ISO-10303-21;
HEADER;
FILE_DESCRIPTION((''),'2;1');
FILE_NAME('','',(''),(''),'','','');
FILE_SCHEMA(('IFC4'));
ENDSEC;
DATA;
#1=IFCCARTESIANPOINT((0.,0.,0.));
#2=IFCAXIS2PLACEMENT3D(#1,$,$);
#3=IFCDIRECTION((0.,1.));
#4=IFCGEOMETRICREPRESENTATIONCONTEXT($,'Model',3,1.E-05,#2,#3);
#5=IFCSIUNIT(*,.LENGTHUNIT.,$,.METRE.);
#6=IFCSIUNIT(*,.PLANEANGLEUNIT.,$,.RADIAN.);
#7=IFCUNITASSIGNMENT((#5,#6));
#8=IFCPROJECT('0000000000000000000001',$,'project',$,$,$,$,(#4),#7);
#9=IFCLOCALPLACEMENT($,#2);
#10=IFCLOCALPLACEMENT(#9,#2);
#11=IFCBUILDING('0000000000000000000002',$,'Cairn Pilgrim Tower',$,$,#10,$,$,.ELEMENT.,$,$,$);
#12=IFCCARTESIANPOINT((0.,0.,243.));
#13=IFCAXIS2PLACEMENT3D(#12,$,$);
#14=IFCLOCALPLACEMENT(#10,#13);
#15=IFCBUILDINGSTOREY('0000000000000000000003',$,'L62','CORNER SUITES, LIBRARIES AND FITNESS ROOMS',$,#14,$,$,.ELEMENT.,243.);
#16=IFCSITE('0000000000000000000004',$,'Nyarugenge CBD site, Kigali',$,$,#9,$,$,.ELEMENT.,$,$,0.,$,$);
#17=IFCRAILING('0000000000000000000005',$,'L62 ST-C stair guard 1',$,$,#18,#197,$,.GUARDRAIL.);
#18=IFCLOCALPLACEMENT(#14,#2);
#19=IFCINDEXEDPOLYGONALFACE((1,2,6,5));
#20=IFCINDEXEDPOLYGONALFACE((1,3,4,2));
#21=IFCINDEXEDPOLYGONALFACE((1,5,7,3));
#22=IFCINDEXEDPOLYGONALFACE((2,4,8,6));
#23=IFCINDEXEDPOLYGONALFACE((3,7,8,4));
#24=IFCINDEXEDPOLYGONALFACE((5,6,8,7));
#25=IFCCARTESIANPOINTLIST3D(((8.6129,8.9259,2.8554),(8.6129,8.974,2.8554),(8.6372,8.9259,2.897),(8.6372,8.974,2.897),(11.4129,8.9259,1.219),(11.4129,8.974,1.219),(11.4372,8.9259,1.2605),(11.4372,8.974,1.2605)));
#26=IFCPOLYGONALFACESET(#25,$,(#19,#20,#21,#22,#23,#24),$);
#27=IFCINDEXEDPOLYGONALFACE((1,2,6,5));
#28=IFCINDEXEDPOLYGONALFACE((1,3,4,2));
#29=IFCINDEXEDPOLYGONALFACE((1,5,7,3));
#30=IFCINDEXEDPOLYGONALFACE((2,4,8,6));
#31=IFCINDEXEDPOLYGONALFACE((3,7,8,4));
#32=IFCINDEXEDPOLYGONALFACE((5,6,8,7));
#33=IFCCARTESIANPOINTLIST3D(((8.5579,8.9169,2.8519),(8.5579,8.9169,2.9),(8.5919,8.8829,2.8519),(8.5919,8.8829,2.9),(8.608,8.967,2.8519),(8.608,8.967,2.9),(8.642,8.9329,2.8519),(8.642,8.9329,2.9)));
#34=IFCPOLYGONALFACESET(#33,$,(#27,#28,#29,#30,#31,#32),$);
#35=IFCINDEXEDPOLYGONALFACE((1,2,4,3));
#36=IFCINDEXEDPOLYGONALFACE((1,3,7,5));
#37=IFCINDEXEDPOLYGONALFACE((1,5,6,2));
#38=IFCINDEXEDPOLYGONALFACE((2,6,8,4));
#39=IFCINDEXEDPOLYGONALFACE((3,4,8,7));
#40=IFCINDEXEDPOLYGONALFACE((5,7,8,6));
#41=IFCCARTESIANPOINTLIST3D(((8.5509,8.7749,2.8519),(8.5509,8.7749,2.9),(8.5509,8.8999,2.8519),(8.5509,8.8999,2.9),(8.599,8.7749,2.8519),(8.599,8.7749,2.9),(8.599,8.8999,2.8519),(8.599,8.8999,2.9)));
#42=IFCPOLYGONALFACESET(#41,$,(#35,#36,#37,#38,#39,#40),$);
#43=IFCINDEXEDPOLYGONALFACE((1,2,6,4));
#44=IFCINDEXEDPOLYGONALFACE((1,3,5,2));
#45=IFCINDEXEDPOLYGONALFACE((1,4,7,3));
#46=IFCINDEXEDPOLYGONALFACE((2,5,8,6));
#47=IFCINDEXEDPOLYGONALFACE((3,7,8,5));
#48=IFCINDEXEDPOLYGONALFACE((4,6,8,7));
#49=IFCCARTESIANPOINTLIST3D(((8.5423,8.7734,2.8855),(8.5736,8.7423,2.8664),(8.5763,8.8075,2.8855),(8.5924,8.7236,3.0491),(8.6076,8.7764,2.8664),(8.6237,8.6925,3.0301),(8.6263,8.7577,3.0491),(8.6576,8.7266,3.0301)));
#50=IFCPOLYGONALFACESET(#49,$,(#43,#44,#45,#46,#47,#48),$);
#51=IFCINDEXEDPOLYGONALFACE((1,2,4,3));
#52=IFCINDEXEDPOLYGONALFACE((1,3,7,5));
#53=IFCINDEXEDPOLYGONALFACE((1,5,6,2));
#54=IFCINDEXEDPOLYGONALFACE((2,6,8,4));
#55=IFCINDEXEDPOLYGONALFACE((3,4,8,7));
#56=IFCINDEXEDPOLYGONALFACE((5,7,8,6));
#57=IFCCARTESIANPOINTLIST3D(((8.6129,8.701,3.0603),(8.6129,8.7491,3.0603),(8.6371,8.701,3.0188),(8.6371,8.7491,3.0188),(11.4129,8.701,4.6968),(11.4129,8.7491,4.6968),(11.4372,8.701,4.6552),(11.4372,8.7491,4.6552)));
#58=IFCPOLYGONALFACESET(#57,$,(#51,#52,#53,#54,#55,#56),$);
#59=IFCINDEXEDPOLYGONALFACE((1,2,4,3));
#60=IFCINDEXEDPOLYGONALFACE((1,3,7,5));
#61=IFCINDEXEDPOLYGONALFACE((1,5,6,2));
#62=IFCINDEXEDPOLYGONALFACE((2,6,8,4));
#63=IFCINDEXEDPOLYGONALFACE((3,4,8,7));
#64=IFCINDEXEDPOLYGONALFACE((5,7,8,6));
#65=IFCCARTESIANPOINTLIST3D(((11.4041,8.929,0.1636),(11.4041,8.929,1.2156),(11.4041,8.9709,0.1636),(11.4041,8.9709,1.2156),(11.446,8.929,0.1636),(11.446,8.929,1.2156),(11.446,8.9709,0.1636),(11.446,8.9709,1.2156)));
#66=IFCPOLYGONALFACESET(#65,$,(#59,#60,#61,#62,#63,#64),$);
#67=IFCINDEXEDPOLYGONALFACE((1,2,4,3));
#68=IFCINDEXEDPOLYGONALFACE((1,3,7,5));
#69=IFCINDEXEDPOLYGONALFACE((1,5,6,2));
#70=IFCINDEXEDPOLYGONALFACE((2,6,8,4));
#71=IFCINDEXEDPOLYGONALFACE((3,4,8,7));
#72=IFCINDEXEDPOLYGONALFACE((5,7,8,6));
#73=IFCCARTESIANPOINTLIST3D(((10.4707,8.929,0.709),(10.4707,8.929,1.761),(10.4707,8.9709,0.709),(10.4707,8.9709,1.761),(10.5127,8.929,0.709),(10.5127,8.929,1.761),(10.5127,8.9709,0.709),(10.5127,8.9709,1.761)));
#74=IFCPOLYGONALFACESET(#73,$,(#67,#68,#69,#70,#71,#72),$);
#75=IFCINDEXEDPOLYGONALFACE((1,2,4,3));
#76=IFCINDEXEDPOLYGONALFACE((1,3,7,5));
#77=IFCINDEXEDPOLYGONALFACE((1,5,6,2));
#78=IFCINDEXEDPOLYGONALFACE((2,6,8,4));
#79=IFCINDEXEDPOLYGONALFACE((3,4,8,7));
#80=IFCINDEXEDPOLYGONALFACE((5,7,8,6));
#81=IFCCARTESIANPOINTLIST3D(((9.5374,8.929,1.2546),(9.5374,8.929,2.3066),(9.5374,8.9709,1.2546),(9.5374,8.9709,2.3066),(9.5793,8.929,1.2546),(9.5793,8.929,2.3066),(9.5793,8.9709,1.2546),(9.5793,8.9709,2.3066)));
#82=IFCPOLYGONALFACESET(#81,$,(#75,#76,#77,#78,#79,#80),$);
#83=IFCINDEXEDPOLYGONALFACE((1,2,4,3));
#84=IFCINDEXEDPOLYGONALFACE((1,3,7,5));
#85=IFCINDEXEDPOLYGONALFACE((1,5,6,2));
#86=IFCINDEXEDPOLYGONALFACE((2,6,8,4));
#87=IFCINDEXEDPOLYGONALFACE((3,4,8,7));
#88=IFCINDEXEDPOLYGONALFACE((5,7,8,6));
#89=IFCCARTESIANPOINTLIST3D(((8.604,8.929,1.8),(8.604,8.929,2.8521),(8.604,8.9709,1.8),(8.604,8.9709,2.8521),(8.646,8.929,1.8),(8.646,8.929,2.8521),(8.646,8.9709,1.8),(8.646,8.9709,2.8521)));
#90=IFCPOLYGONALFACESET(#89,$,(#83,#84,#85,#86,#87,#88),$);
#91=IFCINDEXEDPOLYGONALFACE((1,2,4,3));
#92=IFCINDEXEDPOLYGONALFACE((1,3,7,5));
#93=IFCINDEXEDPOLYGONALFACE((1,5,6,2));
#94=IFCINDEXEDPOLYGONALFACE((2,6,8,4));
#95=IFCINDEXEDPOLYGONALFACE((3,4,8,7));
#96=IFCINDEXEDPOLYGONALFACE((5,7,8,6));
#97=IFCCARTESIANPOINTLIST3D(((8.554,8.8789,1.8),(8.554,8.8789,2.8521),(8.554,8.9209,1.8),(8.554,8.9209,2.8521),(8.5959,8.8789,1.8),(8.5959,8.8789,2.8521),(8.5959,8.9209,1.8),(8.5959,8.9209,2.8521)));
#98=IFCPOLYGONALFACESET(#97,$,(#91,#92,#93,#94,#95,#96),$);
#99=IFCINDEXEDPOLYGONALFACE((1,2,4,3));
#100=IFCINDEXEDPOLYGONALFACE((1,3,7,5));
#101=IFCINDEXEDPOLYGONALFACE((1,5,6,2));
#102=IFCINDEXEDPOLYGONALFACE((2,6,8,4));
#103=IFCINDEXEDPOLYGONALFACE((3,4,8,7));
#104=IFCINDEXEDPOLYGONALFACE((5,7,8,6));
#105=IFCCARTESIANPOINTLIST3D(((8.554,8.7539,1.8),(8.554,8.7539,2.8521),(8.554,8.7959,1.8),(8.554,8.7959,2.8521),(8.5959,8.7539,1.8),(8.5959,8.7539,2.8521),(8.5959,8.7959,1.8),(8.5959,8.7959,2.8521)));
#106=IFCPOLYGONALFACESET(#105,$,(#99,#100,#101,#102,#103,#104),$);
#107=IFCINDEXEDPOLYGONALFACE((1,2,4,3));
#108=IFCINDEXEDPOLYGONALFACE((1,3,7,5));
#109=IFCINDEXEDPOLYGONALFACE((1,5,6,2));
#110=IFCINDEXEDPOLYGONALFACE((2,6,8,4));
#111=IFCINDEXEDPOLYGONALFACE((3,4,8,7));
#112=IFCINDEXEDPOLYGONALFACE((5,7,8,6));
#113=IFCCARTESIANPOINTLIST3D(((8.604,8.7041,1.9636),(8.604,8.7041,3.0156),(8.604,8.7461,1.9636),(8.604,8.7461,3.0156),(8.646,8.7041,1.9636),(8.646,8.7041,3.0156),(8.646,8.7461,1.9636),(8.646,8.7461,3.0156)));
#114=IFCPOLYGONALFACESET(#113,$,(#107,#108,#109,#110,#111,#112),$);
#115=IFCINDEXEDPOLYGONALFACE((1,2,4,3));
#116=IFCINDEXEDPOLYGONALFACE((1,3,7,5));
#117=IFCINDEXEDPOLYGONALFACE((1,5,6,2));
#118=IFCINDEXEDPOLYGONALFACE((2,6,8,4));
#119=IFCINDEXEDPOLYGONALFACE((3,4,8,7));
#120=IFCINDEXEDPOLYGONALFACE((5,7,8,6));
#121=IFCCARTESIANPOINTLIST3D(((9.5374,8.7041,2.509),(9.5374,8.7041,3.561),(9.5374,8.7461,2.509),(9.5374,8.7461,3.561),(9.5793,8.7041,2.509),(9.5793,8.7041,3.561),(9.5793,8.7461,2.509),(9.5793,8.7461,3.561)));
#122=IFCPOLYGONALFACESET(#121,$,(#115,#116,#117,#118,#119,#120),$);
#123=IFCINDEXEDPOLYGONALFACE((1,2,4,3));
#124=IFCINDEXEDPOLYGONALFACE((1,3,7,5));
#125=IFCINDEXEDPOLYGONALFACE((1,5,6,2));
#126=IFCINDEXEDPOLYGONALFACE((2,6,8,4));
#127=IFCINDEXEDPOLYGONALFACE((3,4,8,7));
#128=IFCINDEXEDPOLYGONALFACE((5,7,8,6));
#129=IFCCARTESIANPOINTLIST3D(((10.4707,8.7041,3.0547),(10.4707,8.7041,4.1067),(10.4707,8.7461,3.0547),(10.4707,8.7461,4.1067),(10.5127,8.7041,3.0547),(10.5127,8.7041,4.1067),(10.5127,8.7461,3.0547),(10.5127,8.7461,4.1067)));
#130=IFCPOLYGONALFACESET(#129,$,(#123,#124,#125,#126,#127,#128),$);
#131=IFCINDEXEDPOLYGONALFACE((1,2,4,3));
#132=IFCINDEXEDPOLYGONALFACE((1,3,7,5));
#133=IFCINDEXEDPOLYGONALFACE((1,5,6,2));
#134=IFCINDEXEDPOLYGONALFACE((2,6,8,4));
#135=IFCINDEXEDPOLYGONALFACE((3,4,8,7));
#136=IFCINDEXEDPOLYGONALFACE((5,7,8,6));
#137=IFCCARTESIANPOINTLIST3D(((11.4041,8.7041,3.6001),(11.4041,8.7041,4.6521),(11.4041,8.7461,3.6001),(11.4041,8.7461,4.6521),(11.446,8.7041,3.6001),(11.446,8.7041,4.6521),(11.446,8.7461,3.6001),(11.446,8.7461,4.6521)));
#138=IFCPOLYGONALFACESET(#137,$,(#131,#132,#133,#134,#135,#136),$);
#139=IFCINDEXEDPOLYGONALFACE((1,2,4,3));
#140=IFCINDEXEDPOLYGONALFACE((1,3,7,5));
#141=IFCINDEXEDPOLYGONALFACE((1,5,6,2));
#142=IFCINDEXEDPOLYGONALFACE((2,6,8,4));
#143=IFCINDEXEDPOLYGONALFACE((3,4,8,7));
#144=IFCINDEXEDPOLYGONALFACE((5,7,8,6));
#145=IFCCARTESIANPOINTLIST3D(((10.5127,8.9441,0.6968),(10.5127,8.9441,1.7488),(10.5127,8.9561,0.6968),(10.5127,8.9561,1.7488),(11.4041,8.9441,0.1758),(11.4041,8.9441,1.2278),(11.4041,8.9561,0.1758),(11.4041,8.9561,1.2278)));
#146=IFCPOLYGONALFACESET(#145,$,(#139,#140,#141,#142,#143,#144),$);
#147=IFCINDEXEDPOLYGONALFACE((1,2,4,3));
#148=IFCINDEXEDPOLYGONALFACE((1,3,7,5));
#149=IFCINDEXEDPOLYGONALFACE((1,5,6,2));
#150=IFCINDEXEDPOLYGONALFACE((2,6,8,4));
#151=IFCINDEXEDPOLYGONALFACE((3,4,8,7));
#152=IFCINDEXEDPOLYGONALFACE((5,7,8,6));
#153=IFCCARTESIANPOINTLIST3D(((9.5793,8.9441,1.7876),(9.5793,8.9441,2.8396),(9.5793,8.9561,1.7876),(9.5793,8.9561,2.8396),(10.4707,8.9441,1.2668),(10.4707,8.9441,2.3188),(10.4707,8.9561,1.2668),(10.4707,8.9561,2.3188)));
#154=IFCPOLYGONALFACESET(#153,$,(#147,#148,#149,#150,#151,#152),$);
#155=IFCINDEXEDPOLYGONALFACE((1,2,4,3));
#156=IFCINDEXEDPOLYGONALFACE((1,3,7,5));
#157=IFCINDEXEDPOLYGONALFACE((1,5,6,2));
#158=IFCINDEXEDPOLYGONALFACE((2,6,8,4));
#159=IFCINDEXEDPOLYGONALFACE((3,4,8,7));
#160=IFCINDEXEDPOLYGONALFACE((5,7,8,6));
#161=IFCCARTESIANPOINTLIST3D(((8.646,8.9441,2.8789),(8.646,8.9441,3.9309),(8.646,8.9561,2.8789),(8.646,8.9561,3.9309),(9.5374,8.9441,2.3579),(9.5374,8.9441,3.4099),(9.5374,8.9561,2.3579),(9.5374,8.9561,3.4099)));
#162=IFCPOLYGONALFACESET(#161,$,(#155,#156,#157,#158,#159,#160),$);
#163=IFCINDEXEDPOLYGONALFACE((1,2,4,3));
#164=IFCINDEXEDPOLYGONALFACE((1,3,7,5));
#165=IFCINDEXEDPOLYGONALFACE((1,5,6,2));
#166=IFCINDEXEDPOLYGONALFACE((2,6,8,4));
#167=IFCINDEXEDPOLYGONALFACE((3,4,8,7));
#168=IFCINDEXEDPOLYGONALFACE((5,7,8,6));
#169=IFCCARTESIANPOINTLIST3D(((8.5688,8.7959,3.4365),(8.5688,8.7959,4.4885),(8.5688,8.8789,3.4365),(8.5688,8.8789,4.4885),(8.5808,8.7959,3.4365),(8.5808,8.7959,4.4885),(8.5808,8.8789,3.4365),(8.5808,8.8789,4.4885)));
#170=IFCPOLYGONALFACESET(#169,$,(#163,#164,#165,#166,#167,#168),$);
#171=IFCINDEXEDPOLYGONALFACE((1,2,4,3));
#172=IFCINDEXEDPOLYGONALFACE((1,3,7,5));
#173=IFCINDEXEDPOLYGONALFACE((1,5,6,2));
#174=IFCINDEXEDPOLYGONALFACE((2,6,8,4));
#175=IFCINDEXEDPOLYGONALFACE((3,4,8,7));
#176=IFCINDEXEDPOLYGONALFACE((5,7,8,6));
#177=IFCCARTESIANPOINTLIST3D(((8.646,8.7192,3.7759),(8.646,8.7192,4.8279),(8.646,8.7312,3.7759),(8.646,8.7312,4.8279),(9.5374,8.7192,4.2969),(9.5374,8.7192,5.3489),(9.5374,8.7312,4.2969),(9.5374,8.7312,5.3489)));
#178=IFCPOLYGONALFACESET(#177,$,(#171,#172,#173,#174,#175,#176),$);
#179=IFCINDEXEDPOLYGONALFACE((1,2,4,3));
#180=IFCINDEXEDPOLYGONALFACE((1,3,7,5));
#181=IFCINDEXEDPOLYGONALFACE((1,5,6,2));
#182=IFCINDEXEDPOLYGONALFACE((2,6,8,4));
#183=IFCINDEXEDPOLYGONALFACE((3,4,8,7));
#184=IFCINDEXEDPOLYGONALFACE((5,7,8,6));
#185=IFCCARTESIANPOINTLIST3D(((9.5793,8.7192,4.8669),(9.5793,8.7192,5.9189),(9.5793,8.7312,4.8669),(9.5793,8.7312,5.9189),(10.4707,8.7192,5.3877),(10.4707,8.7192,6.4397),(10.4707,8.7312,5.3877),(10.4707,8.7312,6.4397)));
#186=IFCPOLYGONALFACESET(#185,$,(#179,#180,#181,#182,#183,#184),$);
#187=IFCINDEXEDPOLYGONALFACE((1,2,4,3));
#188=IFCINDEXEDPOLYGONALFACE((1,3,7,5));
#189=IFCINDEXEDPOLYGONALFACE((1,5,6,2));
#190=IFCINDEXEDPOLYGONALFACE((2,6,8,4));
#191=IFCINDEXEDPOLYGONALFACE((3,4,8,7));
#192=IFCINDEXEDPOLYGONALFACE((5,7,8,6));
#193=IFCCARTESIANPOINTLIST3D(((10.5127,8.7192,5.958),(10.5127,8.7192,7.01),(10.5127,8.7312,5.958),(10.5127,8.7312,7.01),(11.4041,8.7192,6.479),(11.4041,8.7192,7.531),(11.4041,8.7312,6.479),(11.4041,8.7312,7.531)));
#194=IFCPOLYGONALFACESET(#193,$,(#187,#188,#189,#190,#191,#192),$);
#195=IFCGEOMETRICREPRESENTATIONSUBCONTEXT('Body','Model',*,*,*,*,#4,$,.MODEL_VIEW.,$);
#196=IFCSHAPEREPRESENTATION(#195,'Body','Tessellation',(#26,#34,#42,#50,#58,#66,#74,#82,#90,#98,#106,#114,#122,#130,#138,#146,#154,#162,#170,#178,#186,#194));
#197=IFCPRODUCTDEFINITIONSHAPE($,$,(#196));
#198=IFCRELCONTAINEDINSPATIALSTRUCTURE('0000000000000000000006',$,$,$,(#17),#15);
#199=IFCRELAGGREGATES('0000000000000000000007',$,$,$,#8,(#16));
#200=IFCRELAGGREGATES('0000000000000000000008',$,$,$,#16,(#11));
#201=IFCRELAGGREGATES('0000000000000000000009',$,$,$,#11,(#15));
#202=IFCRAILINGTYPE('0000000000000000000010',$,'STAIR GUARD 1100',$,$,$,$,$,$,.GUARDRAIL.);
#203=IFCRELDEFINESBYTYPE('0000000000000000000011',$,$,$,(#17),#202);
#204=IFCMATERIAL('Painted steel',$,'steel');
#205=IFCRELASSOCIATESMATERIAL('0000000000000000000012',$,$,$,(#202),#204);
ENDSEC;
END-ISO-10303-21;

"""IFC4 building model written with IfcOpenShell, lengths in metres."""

from ifc_helpers import new_model, si_unit, direction, frame, origin, origin_2d, place, context, subcontext, project, spatial, polyline, rectangle, outline, extrude, material, type_object, element, save


model = new_model("IFC4")

# Units and contexts
model_context = context("Model", 3, precision=1e-05, world=origin(), true_north=direction((0.0, 1.0)))
body_context = subcontext(model_context, "Body", "Model", "MODEL_VIEW")
ifc_project = project(units=[si_unit("LENGTHUNIT", "METRE"), si_unit("PLANEANGLEUNIT", "RADIAN")], contexts=[model_context])

# Site, building, storey
site_placement = place(None, origin())
site = spatial("IfcSite", under=ifc_project, at=site_placement, Name="Nyarugenge CBD site, Kigali", CompositionType="ELEMENT", RefElevation=0.0)
building_placement = place(site_placement, origin())
building = spatial("IfcBuilding", under=site, at=building_placement, Name="Cairn Pilgrim Tower", CompositionType="ELEMENT")
storey_placement = place(building_placement, frame((0.0, 0.0, 243.0)))
storey = spatial("IfcBuildingStorey", under=building, at=storey_placement, Name="L62", Description="CORNER SUITES, LIBRARIES AND FITNESS ROOMS", CompositionType="ELEMENT", Elevation=243.0)

# Shared definitions
ifc_material_1 = material(Name="Painted steel", Category="steel")

# Railing
railing_type_1 = type_object("IfcRailingType", Name="STAIR GUARD 1100", PredefinedType="GUARDRAIL", material=ifc_material_1)
railing_1_placement = place(storey_placement, frame((11.425, 8.95, 0.1636)))
element("IfcRailing", 1, at=railing_1_placement, inside=storey, type_object=railing_type_1, Name="L62 ST-C stair guard 1", PredefinedType="GUARDRAIL", context=body_context, shape_type="SweptSolid", body=[
    extrude(rectangle(XDim=0.0481, YDim=0.0481, at=origin_2d()), frame((0.0, 0.0, 1.0762), z_axis=(-0.863361, 0.0, 0.504587), x_axis=(0.0, -1.0, 0.0)), (0.0, 0.0, 1.0), 3.2432),
    extrude(rectangle(XDim=0.0481, YDim=0.0481, at=origin_2d()), frame((-2.8, 0.0, 2.7124), z_axis=(-0.707107, -0.707107, 0.0), x_axis=(0.707107, -0.707107, 0.0)), (0.0, 0.0, 1.0), 0.0708),
    extrude(rectangle(XDim=0.0481, YDim=0.0481, at=origin_2d()), frame((-2.8501, -0.05, 2.7124), z_axis=(0.0, -1.0, 0.0), x_axis=(1.0, 0.0, 0.0)), (0.0, 0.0, 1.0), 0.125),
    extrude(rectangle(XDim=0.0481, YDim=0.0481, at=origin_2d()), frame((-2.8501, -0.175, 2.7124), z_axis=(0.280917, -0.279546, 0.918118), x_axis=(0.705376, 0.708834, 0.0)), (0.0, 0.0, 1.0), 0.1782),
    extrude(rectangle(XDim=0.0481, YDim=0.0481, at=origin_2d()), frame((-2.8, -0.2249, 2.876), z_axis=(0.863361, 0.0, 0.504587), x_axis=(0.0, 1.0, 0.0)), (0.0, 0.0, 1.0), 3.2432),
    extrude(rectangle(XDim=0.042, YDim=0.042, at=origin_2d()), origin(), (0.0, 0.0, 1.0), 1.052),
    extrude(rectangle(XDim=0.042, YDim=0.042, at=origin_2d()), frame((-0.9333, 0.0, 0.5454)), (0.0, 0.0, 1.0), 1.052),
    extrude(rectangle(XDim=0.042, YDim=0.042, at=origin_2d()), frame((-1.8667, 0.0, 1.0911)), (0.0, 0.0, 1.0), 1.052),
    extrude(rectangle(XDim=0.042, YDim=0.042, at=origin_2d()), frame((-2.8, 0.0, 1.6365)), (0.0, 0.0, 1.0), 1.052),
    extrude(rectangle(XDim=0.042, YDim=0.042, at=origin_2d()), frame((-2.8501, -0.05, 1.6365)), (0.0, 0.0, 1.0), 1.052),
    extrude(rectangle(XDim=0.042, YDim=0.042, at=origin_2d()), frame((-2.8501, -0.175, 1.6365)), (0.0, 0.0, 1.0), 1.052),
    extrude(rectangle(XDim=0.042, YDim=0.042, at=origin_2d()), frame((-2.8, -0.2249, 1.8)), (0.0, 0.0, 1.0), 1.052),
    extrude(rectangle(XDim=0.042, YDim=0.042, at=origin_2d()), frame((-1.8667, -0.2249, 2.3455)), (0.0, 0.0, 1.0), 1.052),
    extrude(rectangle(XDim=0.042, YDim=0.042, at=origin_2d()), frame((-0.9333, -0.2249, 2.8911)), (0.0, 0.0, 1.0), 1.052),
    extrude(rectangle(XDim=0.042, YDim=0.042, at=origin_2d()), frame((0.0, -0.2249, 3.4365)), (0.0, 0.0, 1.0), 1.052),
    extrude(outline(polyline([(0.021, 0.0122), (0.9124, 0.5332), (0.9124, 1.5852), (0.021, 1.0642), (0.021, 0.0122)])), frame((0.0, -0.0059, 0.0), z_axis=(0.0, 1.0, 0.0), x_axis=(-1.0, 0.0, 0.0)), (0.0, 0.0, 1.0), 0.012),
    extrude(outline(polyline([(0.021, 0.5579), (0.9124, 1.0786), (0.9124, 2.1306), (0.021, 1.6099), (0.021, 0.5579)])), frame((-0.9333, -0.0059, 0.5454), z_axis=(0.0, 1.0, 0.0), x_axis=(-1.0, 0.0, 0.0)), (0.0, 0.0, 1.0), 0.012),
    extrude(outline(polyline([(0.021, 1.1033), (0.9124, 1.6243), (0.9124, 2.6763), (0.021, 2.1553), (0.021, 1.1033)])), frame((-1.8667, -0.0059, 1.0911), z_axis=(0.0, 1.0, 0.0), x_axis=(-1.0, 0.0, 0.0)), (0.0, 0.0, 1.0), 0.012),
    extrude(outline(polyline([(0.021, 1.6365), (0.104, 1.6365), (0.104, 2.6885), (0.021, 2.6885), (0.021, 1.6365)])), frame((-2.8442, -0.05, 1.6365), z_axis=(-1.0, 0.0, 0.0), x_axis=(0.0, -1.0, 0.0)), (0.0, 0.0, 1.0), 0.012),
    extrude(outline(polyline([(0.021, 1.8123), (0.9124, 2.3333), (0.9124, 3.3853), (0.021, 2.8643), (0.021, 1.8123)])), frame((-2.8, -0.2188, 1.8), z_axis=(0.0, -1.0, 0.0), x_axis=(1.0, 0.0, 0.0)), (0.0, 0.0, 1.0), 0.012),
    extrude(outline(polyline([(0.021, 2.3579), (0.9124, 2.8787), (0.9124, 3.9307), (0.021, 3.4099), (0.021, 2.3579)])), frame((-1.8667, -0.2188, 2.3455), z_axis=(0.0, -1.0, 0.0), x_axis=(1.0, 0.0, 0.0)), (0.0, 0.0, 1.0), 0.012),
    extrude(outline(polyline([(0.021, 2.9033), (0.9124, 3.4243), (0.9124, 4.4763), (0.021, 3.9553), (0.021, 2.9033)])), frame((-0.9333, -0.2188, 2.8911), z_axis=(0.0, -1.0, 0.0), x_axis=(1.0, 0.0, 0.0)), (0.0, 0.0, 1.0), 0.012),
])

save(model, "model.ifc")
